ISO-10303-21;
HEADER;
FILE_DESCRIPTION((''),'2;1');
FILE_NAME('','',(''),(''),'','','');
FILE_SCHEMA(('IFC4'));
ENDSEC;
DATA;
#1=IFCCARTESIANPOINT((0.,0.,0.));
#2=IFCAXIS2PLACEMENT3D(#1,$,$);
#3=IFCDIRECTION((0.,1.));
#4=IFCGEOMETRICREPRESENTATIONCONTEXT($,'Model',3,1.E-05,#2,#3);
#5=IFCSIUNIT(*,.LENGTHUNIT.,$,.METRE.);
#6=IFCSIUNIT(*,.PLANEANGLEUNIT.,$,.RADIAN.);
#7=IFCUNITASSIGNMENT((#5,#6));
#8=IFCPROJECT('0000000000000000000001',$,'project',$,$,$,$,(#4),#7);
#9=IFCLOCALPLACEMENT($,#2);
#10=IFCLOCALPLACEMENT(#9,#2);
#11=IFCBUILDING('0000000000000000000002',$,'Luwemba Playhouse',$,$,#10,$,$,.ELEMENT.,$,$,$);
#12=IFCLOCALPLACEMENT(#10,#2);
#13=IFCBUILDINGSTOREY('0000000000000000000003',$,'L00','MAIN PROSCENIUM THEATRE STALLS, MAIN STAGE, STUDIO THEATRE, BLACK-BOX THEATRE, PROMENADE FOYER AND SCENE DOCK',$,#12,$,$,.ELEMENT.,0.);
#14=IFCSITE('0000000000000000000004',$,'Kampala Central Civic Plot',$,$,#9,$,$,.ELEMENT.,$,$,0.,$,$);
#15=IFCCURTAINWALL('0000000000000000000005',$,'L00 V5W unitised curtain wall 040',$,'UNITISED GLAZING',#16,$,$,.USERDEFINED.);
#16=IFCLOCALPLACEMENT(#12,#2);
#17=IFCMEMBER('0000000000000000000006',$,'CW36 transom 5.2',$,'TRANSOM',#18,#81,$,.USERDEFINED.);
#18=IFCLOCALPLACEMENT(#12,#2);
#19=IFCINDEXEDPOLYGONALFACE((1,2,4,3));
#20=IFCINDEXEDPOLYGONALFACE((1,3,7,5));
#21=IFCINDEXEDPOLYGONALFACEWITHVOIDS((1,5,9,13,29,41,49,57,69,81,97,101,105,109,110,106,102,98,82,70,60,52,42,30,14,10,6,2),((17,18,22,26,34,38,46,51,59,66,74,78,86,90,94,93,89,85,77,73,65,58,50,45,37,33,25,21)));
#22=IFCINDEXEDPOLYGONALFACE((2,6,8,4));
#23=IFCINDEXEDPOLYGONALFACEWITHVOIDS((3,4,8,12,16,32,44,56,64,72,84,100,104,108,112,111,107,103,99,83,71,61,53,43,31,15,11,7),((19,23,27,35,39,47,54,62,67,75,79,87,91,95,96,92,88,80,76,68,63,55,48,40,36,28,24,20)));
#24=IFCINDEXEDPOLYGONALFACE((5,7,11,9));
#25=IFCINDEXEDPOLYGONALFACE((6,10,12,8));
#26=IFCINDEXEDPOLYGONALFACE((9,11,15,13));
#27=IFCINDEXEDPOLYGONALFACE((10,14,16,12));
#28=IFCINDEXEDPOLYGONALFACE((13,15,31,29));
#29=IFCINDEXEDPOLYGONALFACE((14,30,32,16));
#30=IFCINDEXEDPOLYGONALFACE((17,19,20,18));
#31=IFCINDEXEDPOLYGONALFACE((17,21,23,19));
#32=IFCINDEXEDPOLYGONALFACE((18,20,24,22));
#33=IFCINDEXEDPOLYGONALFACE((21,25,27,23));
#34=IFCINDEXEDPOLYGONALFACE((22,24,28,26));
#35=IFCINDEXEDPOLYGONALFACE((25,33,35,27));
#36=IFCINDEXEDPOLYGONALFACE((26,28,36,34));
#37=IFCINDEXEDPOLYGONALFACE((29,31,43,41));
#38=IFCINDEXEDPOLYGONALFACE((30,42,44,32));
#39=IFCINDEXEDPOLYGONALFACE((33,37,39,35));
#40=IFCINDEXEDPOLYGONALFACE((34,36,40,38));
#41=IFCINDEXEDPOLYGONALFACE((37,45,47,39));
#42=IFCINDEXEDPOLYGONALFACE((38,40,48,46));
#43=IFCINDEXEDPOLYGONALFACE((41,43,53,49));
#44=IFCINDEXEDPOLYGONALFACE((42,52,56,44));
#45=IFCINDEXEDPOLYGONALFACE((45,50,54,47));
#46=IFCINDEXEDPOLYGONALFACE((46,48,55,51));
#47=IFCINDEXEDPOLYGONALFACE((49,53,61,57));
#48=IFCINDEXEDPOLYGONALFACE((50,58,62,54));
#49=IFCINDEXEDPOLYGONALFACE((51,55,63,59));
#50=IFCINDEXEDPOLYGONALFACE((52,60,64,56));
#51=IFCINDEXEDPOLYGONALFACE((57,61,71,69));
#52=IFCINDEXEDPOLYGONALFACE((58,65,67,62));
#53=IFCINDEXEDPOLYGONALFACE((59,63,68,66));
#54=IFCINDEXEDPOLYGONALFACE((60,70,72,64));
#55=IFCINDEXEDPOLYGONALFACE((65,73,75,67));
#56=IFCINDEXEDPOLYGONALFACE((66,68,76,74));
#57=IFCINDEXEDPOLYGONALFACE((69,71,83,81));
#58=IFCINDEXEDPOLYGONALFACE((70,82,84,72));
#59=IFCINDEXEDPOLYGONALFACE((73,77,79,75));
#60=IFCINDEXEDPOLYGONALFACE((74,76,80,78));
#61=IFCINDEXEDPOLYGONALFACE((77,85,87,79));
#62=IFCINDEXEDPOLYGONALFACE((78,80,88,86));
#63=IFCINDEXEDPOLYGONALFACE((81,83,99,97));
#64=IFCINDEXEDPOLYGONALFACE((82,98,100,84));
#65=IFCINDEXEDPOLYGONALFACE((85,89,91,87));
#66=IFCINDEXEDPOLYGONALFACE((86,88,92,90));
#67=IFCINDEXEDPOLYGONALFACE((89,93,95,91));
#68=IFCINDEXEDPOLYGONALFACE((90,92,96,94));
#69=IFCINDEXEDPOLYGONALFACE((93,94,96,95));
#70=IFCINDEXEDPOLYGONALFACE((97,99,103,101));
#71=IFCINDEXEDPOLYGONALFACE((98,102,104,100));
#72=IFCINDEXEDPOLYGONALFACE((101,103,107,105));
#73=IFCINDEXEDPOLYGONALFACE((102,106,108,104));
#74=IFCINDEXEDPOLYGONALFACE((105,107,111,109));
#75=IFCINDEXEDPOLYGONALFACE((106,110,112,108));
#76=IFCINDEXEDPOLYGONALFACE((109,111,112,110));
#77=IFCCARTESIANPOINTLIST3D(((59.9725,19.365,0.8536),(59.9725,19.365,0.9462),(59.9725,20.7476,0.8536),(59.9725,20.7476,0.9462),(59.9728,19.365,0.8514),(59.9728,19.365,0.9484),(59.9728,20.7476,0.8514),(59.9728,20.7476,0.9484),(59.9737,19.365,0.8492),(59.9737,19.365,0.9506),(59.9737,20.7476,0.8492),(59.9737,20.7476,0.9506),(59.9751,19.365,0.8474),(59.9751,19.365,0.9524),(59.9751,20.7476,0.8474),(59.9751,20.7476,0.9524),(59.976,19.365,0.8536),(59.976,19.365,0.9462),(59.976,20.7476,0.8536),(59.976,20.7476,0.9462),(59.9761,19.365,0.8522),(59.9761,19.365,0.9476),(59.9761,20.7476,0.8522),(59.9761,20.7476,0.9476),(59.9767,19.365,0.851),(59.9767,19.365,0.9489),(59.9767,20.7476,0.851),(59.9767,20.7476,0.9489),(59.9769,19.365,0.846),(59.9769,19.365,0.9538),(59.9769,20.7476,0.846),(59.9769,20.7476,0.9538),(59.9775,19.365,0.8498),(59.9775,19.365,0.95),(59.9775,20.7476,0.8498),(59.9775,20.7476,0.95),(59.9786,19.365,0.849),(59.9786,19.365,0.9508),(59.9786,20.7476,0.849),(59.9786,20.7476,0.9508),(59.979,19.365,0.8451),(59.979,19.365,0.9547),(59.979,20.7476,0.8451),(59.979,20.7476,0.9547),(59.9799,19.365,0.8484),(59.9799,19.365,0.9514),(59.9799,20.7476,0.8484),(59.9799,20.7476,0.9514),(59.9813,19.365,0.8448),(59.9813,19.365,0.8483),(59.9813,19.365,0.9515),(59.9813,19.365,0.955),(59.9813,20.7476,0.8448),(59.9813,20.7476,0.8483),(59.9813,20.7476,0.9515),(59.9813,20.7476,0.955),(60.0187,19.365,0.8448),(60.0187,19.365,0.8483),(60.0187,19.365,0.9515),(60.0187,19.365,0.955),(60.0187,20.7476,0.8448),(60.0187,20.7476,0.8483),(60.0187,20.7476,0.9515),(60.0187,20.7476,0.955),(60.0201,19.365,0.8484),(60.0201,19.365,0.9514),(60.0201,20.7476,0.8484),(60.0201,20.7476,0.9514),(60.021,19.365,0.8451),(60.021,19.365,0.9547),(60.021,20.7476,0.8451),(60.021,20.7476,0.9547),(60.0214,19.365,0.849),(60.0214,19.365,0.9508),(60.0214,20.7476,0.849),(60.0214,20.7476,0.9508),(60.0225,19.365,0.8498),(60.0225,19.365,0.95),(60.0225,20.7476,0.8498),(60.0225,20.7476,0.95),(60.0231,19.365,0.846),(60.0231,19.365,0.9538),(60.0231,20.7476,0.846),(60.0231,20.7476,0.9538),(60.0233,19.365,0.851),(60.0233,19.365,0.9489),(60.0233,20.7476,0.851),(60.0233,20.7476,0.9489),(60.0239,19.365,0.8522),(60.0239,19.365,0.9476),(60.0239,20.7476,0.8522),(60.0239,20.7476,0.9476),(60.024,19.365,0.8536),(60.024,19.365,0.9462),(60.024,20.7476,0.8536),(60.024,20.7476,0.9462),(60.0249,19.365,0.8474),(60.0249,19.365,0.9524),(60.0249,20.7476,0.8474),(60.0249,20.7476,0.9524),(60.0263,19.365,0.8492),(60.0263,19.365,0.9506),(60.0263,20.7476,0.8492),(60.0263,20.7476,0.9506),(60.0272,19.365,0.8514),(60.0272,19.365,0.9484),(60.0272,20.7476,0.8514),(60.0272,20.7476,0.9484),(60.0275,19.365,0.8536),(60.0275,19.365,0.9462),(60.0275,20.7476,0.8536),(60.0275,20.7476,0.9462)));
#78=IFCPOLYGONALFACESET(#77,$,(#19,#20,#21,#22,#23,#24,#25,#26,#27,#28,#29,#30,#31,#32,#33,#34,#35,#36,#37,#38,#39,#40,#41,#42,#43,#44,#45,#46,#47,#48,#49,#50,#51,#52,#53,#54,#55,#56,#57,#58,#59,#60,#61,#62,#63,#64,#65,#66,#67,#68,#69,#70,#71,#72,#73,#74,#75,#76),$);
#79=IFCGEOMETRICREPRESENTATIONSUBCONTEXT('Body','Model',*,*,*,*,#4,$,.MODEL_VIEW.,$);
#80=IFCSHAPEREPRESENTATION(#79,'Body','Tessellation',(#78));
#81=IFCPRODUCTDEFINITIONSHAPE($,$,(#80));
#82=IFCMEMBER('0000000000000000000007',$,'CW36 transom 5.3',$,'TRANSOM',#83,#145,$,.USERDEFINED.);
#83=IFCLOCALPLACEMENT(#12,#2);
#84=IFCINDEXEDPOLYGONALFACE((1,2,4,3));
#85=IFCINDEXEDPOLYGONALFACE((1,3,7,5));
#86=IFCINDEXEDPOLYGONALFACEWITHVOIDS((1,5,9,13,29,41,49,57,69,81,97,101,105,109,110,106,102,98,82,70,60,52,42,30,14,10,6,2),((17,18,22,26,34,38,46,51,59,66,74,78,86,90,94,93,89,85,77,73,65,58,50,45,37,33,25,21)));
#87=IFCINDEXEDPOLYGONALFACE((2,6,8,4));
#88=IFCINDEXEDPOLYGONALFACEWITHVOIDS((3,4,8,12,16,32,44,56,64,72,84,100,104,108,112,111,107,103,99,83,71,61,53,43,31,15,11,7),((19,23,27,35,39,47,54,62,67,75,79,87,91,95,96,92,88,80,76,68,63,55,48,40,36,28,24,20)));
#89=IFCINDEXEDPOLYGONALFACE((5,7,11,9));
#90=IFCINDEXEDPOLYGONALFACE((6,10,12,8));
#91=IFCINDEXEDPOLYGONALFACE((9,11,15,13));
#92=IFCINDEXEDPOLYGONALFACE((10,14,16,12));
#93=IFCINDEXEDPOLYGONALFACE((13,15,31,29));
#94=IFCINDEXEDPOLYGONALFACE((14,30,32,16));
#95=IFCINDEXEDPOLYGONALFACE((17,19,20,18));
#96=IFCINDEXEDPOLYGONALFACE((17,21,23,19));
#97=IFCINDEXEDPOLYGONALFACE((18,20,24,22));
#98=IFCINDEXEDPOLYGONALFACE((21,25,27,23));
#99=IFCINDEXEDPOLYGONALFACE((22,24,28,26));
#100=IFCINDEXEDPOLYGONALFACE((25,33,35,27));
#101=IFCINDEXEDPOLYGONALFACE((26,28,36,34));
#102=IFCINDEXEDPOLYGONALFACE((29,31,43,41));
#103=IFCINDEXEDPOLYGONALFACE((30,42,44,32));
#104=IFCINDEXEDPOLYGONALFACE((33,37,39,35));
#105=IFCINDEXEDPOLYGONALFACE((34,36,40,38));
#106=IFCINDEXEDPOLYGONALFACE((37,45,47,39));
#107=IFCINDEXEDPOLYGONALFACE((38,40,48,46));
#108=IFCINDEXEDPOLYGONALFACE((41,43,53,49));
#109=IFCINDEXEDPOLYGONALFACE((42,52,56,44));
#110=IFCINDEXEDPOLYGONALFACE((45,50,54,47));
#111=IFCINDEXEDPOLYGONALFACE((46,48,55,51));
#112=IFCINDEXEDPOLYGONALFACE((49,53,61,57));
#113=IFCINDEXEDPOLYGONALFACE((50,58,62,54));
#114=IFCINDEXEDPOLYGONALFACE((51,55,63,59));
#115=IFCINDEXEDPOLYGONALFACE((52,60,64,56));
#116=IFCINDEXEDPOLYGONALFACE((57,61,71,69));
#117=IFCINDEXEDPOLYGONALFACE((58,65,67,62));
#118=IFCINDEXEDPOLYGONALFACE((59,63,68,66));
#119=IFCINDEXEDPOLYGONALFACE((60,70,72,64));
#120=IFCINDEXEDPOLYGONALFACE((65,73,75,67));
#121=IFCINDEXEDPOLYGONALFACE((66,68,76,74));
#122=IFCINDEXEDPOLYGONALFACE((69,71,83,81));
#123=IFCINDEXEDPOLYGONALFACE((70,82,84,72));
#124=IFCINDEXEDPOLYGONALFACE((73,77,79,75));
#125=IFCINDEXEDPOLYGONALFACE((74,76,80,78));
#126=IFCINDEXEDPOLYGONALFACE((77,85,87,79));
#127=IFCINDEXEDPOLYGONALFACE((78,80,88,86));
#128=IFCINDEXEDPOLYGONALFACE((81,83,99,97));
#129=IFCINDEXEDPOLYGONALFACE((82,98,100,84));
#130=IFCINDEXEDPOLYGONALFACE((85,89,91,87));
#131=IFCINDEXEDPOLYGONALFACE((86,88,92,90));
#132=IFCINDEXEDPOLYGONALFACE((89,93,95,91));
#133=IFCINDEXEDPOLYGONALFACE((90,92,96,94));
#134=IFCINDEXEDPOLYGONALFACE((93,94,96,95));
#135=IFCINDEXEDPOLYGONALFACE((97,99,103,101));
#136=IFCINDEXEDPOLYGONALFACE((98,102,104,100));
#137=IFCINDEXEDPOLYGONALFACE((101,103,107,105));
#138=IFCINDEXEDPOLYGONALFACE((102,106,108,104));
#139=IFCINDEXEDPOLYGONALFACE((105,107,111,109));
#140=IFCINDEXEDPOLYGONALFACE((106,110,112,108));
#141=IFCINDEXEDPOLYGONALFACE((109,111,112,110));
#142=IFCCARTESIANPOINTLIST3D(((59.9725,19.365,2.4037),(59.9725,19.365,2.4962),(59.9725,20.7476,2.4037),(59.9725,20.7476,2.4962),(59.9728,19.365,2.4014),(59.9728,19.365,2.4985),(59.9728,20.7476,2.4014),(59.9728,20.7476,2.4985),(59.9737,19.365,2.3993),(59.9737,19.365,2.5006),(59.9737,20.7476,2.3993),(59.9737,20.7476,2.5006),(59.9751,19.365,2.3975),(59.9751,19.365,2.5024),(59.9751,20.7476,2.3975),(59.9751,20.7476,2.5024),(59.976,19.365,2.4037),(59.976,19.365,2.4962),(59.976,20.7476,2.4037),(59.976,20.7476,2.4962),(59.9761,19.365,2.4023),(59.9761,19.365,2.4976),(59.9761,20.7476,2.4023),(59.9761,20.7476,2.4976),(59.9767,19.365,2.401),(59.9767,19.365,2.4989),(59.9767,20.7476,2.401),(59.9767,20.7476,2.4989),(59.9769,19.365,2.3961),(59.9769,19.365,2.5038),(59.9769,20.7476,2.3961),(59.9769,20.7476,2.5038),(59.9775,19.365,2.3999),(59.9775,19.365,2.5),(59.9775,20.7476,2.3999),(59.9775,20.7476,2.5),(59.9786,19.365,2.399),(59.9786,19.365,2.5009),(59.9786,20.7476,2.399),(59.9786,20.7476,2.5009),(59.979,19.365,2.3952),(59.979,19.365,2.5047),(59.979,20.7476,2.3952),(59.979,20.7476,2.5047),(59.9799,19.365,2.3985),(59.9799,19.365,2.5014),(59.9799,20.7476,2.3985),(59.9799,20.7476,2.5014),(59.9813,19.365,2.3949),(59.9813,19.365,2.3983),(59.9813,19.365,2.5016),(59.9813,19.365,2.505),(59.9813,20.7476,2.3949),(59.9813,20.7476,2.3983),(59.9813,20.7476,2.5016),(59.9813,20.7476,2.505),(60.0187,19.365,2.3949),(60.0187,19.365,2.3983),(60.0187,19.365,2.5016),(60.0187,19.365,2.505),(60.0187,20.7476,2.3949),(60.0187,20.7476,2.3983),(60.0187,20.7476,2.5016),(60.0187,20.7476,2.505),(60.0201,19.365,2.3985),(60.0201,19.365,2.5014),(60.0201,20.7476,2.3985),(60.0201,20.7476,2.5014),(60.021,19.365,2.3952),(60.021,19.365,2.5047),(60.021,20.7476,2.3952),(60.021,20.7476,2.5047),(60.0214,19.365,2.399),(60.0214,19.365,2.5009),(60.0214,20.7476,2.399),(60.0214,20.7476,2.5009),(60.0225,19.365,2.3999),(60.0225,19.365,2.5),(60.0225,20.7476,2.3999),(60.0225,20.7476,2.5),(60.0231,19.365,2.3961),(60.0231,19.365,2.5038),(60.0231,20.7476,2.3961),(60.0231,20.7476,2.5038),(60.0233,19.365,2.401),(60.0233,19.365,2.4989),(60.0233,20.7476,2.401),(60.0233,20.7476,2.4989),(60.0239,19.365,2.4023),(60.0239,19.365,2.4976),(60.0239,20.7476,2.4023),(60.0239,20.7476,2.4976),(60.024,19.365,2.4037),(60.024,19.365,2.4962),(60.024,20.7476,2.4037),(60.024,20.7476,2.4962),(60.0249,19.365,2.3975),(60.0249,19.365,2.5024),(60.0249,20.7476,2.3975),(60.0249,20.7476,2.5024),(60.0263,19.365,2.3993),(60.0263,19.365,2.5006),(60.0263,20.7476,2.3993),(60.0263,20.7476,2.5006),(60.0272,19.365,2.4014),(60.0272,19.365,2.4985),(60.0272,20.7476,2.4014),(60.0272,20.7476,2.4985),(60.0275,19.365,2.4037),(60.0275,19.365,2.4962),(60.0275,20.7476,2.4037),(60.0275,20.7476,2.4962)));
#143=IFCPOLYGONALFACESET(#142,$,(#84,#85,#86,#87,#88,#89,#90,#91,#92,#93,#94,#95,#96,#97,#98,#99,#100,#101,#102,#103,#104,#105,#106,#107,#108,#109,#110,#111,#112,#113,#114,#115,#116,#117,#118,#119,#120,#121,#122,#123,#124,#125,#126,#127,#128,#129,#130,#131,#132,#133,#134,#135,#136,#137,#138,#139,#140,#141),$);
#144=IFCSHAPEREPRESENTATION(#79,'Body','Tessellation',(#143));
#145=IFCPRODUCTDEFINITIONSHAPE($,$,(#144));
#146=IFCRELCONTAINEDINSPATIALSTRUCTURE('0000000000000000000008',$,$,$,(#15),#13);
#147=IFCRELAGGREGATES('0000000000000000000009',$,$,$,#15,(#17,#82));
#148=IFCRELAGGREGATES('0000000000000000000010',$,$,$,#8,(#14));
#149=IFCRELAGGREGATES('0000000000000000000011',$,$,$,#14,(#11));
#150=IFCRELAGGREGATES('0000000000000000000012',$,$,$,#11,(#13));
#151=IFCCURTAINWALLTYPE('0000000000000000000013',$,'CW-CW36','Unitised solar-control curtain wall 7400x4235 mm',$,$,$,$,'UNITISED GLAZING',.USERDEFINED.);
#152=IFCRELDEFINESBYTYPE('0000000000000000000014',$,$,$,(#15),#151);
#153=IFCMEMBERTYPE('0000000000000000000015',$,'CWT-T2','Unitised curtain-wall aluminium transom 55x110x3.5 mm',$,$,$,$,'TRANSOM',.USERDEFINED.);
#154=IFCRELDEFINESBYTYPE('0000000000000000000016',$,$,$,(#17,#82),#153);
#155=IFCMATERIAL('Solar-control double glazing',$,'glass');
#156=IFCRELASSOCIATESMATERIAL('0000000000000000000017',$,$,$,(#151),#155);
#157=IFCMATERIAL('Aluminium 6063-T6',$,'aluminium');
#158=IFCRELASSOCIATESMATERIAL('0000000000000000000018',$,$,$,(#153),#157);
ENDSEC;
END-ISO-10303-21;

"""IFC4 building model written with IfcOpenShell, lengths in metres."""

from ifc_helpers import new_model, si_unit, direction, frame, origin, origin_2d, place, context, subcontext, project, spatial, hollow_rectangle, extrude, material, material_profile, profile_set, type_object, element, aggregate, save


model = new_model("IFC4")

# Units and contexts
model_context = context("Model", 3, precision=1e-05, world=origin(), true_north=direction((0.0, 1.0)))
body_context = subcontext(model_context, "Body", "Model", "MODEL_VIEW")
ifc_project = project(units=[si_unit("LENGTHUNIT", "METRE"), si_unit("PLANEANGLEUNIT", "RADIAN")], contexts=[model_context])

# Site, building, storey
site_placement = place(None, origin())
site = spatial("IfcSite", under=ifc_project, at=site_placement, Name="Kampala Central Civic Plot", CompositionType="ELEMENT", RefElevation=0.0)
building_placement = place(site_placement, origin())
building = spatial("IfcBuilding", under=site, at=building_placement, Name="Luwemba Playhouse", CompositionType="ELEMENT")
storey_placement = place(building_placement, origin())
storey = spatial("IfcBuildingStorey", under=building, at=storey_placement, Name="L00", Description="MAIN PROSCENIUM THEATRE STALLS, MAIN STAGE, STUDIO THEATRE, BLACK-BOX THEATRE, PROMENADE FOYER AND SCENE DOCK", CompositionType="ELEMENT", Elevation=0.0)

# Curtain wall
ifc_material_1 = material(Name="Solar-control double glazing", Category="glass")
curtain_wall_type_1 = type_object("IfcCurtainWallType", Name="CW-CW36", Description="Unitised solar-control curtain wall 7400x4235 mm", ElementType="UNITISED GLAZING", PredefinedType="USERDEFINED", material=ifc_material_1)
curtain_wall_1_placement = place(storey_placement, origin())
curtain_wall_1 = element("IfcCurtainWall", 1, at=curtain_wall_1_placement, inside=storey, type_object=curtain_wall_type_1, Name="L00 V5W unitised curtain wall 040", ObjectType="UNITISED GLAZING", PredefinedType="USERDEFINED")
ifc_material_2 = material(Name="Aluminium 6063-T6", Category="aluminium")

# Members
ifc_material_profile_1 = material_profile(ifc_material_2, hollow_rectangle(XDim=0.0549, YDim=0.1101, WallThickness=0.0034, InnerFilletRadius=0.0054, OuterFilletRadius=0.0088, at=origin_2d()))
ifc_profile_set_1 = profile_set([ifc_material_profile_1], Name="Aluminium 6063-T6")
member_type_1 = type_object("IfcMemberType", Name="CWT-T2", Description="Unitised curtain-wall aluminium transom 55x110x3.5 mm", ElementType="TRANSOM", PredefinedType="USERDEFINED", material=ifc_profile_set_1)
member_1_placement = place(storey_placement, frame((60.0, 20.7476, 0.8999), z_axis=(0.0, -1.0, 0.0), x_axis=(1.0, 0.0, 0.0)))
member_1 = element("IfcMember", 2, at=member_1_placement, type_object=member_type_1, Name="CW36 transom 5.2", ObjectType="TRANSOM", PredefinedType="USERDEFINED", context=body_context, shape_type="SweptSolid", body=[
    extrude(hollow_rectangle(XDim=0.0549, YDim=0.1101, WallThickness=0.0034, InnerFilletRadius=0.0054, OuterFilletRadius=0.0088, at=origin_2d()), origin(), (0.0, 0.0, 1.0), 1.3826),
])
member_2_placement = place(storey_placement, frame((60.0, 20.7476, 2.45), z_axis=(0.0, -1.0, 0.0), x_axis=(1.0, 0.0, 0.0)))
member_2 = element("IfcMember", 3, at=member_2_placement, type_object=member_type_1, Name="CW36 transom 5.3", ObjectType="TRANSOM", PredefinedType="USERDEFINED", context=body_context, shape_type="SweptSolid", body=[
    extrude(hollow_rectangle(XDim=0.0549, YDim=0.1101, WallThickness=0.0034, InnerFilletRadius=0.0054, OuterFilletRadius=0.0088, at=origin_2d()), origin(), (0.0, 0.0, 1.0), 1.3826),
])

aggregate(curtain_wall_1, [member_1, member_2])

save(model, "model.ifc")
